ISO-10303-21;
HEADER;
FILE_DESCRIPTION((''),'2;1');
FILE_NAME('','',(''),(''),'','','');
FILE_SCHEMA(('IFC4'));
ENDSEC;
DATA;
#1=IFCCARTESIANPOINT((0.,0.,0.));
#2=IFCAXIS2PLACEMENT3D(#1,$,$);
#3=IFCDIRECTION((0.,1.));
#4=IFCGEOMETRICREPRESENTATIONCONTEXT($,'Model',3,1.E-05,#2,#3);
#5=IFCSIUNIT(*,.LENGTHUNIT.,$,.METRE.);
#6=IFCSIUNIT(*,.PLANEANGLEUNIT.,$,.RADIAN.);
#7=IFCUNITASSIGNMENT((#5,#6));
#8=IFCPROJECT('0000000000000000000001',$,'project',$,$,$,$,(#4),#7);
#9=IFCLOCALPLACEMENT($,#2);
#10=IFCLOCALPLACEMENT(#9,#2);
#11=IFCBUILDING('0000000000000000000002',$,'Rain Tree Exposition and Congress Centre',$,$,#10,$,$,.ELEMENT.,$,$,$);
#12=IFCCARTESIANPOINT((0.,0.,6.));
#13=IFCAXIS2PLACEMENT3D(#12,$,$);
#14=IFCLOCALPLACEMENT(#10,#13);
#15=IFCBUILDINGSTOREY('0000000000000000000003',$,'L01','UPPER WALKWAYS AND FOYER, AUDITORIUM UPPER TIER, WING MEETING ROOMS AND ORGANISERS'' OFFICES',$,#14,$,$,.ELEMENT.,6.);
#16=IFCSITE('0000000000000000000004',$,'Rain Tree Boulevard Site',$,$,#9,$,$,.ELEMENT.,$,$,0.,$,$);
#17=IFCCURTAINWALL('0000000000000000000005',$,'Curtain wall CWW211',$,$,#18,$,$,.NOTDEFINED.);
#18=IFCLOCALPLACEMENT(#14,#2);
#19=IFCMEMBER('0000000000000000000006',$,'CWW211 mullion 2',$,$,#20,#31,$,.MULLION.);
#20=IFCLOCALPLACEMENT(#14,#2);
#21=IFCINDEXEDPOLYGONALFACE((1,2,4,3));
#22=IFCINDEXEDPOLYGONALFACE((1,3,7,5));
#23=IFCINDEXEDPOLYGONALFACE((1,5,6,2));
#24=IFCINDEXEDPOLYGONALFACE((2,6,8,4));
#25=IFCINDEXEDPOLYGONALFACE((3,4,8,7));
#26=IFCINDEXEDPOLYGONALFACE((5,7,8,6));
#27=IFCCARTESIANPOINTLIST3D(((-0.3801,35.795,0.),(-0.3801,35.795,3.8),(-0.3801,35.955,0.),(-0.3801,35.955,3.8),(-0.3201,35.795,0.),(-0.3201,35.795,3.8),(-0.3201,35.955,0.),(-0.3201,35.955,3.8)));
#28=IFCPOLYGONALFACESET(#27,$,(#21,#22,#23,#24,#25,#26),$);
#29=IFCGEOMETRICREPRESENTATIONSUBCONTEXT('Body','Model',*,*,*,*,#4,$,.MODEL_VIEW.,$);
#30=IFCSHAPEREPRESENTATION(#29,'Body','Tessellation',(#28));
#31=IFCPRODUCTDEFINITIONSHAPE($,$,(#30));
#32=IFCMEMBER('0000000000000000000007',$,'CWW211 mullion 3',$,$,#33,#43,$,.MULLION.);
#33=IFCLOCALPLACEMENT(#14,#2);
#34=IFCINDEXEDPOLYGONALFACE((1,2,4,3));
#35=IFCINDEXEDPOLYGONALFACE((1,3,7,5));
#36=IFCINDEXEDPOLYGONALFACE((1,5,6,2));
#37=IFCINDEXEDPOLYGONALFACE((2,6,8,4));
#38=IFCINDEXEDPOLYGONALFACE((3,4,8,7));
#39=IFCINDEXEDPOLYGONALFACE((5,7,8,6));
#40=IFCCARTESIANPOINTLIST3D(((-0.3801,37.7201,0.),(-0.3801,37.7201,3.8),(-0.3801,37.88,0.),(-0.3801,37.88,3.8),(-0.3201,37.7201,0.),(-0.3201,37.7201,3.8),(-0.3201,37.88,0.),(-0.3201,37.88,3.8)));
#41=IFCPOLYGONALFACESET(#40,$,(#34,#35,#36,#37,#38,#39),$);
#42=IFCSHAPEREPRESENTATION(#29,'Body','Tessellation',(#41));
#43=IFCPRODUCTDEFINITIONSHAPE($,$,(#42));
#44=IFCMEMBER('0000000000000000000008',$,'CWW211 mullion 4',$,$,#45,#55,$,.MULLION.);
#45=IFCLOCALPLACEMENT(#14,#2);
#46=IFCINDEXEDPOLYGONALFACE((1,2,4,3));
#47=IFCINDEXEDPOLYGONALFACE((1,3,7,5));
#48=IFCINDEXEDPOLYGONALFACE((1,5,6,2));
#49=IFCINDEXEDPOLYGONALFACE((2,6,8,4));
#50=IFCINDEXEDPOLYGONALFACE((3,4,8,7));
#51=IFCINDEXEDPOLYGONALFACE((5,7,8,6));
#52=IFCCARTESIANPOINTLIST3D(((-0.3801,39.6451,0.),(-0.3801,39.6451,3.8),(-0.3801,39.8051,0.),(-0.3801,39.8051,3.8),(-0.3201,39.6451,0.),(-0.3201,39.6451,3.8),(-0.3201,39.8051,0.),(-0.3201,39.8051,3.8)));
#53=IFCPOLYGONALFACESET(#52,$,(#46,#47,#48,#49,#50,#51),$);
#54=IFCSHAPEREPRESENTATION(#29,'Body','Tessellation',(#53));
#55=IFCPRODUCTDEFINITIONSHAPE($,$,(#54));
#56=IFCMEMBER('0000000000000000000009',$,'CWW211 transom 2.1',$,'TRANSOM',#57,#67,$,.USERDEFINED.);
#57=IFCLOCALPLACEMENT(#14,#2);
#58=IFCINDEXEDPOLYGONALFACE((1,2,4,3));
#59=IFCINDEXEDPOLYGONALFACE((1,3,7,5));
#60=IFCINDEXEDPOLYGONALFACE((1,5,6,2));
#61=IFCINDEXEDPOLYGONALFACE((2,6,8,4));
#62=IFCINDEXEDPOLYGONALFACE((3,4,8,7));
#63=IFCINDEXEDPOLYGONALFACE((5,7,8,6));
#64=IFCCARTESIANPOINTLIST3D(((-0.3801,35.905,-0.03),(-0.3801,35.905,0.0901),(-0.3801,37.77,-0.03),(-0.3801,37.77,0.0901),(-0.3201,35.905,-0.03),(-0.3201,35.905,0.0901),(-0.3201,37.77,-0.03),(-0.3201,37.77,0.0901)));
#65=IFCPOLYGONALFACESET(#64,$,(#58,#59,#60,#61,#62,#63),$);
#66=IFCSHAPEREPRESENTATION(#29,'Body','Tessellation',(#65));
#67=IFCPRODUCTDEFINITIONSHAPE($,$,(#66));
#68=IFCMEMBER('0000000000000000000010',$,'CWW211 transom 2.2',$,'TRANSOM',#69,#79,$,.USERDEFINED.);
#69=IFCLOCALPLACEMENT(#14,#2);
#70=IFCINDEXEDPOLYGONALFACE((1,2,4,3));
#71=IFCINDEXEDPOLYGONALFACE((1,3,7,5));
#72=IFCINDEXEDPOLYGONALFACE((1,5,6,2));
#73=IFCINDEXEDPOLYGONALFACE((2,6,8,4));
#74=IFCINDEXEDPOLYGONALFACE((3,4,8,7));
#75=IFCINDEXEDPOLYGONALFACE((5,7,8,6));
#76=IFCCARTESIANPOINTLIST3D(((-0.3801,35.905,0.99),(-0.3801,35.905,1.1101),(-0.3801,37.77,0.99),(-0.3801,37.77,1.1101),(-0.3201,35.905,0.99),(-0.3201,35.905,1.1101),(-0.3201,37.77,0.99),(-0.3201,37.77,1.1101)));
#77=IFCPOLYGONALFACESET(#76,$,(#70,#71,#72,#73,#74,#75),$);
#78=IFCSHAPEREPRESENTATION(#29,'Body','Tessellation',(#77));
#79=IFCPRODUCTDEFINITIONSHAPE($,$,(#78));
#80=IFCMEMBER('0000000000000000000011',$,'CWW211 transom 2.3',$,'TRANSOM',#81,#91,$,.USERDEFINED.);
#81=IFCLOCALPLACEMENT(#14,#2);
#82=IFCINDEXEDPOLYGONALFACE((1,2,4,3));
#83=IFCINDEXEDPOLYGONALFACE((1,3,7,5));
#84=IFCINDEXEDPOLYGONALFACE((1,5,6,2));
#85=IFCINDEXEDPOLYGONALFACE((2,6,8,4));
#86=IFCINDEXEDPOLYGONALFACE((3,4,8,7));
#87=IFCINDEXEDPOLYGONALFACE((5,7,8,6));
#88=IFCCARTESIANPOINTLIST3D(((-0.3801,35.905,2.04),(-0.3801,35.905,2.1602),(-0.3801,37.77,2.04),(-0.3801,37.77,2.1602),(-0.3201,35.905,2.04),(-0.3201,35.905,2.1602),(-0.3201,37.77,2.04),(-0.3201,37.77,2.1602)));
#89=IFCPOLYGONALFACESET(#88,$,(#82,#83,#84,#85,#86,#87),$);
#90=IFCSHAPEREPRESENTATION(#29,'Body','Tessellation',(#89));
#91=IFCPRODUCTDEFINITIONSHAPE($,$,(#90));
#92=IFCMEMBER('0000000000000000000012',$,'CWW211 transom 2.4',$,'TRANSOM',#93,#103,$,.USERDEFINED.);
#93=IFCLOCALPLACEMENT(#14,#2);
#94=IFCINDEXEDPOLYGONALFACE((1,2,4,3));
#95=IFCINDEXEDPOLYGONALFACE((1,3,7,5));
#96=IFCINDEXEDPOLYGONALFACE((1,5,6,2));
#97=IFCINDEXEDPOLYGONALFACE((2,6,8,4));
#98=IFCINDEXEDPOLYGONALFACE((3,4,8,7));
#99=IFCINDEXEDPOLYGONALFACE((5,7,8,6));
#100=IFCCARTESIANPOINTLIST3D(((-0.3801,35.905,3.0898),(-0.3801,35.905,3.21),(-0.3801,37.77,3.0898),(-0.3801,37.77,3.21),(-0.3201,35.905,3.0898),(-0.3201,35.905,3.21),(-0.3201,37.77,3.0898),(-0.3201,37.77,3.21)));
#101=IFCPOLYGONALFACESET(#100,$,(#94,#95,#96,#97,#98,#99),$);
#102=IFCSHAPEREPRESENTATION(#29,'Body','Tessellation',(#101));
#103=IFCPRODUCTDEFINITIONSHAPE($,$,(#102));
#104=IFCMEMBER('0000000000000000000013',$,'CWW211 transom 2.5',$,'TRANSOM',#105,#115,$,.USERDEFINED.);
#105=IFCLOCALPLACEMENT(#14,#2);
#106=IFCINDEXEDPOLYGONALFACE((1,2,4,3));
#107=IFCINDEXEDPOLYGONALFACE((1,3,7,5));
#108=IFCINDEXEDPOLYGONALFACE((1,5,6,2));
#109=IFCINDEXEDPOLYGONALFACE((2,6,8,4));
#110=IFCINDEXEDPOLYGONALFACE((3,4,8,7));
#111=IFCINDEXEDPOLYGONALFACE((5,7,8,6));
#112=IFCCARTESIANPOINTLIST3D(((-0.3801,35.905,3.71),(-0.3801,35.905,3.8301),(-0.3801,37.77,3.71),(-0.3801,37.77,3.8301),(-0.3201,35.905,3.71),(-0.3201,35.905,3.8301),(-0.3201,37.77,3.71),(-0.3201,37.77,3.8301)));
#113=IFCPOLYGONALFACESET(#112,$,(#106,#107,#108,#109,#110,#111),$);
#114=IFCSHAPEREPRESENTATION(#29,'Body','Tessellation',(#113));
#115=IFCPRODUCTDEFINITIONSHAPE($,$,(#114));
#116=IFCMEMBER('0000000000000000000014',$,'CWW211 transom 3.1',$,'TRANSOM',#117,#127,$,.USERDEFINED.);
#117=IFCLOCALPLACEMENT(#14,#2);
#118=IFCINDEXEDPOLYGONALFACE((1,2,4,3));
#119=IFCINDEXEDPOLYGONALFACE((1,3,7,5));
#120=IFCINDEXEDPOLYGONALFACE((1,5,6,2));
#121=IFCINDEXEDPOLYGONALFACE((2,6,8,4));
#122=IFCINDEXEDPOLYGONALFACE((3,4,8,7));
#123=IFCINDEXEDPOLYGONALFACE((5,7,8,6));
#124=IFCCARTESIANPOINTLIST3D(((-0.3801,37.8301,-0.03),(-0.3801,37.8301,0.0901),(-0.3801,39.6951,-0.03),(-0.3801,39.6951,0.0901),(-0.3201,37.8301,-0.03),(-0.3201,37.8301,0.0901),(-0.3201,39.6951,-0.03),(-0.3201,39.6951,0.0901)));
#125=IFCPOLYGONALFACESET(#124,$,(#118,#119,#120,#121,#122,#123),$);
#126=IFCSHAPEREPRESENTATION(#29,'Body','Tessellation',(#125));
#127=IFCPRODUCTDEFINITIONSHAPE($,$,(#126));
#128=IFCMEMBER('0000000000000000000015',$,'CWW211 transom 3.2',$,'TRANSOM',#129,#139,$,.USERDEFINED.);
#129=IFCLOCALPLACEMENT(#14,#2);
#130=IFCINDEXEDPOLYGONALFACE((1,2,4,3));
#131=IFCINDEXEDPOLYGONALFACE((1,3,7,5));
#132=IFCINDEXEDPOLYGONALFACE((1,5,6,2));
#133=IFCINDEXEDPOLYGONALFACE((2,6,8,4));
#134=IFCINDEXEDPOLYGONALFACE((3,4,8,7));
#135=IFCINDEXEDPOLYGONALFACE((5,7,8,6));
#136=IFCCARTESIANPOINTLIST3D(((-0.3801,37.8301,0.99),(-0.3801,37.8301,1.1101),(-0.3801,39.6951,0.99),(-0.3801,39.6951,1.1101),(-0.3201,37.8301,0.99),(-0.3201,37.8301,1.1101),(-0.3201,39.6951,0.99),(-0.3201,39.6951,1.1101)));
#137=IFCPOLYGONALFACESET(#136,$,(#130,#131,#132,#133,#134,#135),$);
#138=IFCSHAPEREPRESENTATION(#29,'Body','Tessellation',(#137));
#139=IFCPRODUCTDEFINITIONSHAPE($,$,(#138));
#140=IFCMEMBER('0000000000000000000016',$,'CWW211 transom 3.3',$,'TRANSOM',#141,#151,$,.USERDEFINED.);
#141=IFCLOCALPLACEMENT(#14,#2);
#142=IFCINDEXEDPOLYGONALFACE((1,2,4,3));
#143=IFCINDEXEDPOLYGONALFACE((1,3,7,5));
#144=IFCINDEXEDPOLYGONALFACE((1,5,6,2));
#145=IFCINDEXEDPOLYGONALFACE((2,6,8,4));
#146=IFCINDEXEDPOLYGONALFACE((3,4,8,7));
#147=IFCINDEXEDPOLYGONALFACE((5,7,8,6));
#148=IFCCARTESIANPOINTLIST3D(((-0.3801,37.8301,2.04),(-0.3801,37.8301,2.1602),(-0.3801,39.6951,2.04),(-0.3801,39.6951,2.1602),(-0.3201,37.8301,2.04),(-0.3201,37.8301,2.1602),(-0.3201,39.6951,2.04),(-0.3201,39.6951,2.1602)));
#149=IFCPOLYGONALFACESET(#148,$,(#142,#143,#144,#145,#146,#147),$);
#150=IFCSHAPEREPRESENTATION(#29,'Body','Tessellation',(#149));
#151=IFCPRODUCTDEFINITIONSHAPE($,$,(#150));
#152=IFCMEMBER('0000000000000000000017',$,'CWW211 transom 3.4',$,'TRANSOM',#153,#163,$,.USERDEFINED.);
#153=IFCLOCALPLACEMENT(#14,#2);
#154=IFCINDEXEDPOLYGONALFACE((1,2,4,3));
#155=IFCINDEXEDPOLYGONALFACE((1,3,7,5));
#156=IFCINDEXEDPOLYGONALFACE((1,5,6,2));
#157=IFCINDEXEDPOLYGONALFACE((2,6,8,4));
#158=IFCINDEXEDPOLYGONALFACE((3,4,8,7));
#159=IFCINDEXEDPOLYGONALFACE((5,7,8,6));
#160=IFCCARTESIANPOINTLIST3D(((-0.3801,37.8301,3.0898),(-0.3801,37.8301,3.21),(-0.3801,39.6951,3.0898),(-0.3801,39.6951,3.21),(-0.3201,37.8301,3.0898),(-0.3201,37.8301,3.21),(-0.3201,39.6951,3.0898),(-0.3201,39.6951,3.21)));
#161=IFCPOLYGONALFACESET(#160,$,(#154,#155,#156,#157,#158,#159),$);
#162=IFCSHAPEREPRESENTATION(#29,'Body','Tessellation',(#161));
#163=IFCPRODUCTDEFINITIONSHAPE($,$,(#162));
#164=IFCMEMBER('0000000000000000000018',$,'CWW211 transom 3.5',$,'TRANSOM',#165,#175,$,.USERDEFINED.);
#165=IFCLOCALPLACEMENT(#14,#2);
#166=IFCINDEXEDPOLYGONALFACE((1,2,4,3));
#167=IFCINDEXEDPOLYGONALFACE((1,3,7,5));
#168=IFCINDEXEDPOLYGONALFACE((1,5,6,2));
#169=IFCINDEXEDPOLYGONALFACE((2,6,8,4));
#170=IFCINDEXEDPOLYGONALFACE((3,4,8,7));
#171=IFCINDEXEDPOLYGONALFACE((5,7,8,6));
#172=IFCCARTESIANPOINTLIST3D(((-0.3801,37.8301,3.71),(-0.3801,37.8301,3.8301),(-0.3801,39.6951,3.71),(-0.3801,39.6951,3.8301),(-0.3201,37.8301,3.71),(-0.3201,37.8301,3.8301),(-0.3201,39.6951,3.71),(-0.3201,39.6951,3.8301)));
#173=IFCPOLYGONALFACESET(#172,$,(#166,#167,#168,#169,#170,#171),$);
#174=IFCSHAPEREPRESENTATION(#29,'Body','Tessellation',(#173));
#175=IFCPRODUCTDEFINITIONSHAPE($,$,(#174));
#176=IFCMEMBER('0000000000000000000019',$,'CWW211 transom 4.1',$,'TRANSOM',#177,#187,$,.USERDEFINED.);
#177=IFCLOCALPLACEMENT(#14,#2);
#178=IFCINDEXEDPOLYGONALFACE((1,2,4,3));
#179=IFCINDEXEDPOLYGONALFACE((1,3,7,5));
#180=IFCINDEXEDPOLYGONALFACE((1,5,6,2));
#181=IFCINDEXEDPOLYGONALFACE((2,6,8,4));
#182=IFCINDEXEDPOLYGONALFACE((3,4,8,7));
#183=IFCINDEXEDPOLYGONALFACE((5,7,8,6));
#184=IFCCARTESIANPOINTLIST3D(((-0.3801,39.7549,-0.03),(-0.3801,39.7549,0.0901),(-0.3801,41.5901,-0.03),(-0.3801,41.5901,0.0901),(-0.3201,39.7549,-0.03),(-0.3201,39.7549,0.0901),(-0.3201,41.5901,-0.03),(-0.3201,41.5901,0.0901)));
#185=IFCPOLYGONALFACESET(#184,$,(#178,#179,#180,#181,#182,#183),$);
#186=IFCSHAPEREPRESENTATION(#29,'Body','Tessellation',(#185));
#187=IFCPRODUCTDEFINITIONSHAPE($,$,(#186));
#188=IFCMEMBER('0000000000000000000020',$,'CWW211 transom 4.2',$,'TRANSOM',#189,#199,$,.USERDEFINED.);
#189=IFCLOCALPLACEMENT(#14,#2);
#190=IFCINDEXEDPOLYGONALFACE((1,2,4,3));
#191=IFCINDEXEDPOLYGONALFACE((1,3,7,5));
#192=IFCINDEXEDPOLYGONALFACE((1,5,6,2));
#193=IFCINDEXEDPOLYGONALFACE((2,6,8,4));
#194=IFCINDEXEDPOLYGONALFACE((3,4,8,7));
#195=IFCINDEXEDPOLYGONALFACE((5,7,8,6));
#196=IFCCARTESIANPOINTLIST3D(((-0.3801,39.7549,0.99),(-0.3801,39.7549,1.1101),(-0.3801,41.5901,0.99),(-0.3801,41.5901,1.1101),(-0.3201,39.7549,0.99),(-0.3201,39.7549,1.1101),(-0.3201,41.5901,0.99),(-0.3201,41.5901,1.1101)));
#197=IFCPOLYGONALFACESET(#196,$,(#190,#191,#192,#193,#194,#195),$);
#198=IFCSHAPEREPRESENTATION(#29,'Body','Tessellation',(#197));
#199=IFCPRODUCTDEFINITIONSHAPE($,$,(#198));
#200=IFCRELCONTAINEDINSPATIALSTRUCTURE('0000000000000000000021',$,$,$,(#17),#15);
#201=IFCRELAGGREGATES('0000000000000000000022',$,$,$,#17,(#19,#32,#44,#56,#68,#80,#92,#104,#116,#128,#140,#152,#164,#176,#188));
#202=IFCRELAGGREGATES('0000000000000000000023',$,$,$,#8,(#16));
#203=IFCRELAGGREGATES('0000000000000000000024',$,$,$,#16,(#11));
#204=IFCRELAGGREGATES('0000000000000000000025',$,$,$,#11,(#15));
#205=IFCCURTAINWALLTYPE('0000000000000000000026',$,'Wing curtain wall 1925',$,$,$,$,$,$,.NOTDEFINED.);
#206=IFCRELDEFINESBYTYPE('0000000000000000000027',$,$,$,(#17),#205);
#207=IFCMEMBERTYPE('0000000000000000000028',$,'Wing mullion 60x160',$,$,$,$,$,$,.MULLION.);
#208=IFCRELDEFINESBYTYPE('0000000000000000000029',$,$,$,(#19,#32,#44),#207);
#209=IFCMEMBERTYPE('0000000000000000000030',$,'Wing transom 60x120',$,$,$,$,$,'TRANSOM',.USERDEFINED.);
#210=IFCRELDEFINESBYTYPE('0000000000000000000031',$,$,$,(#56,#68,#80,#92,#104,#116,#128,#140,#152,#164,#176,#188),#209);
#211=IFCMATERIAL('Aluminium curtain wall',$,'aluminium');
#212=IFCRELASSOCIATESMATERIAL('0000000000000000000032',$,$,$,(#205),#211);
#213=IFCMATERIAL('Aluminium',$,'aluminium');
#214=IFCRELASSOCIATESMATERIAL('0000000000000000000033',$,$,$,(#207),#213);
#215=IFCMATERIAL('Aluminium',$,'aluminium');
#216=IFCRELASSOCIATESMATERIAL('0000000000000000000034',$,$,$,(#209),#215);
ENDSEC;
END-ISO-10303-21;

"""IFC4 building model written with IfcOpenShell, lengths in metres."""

from ifc_helpers import new_model, si_unit, direction, frame, origin, origin_2d, place, context, subcontext, project, spatial, rectangle, extrude, material, material_profile, profile_set, type_object, element, aggregate, save


model = new_model("IFC4")

# Units and contexts
model_context = context("Model", 3, precision=1e-05, world=origin(), true_north=direction((0.0, 1.0)))
body_context = subcontext(model_context, "Body", "Model", "MODEL_VIEW")
ifc_project = project(units=[si_unit("LENGTHUNIT", "METRE"), si_unit("PLANEANGLEUNIT", "RADIAN")], contexts=[model_context])

# Site, building, storey
site_placement = place(None, origin())
site = spatial("IfcSite", under=ifc_project, at=site_placement, Name="Rain Tree Boulevard Site", CompositionType="ELEMENT", RefElevation=0.0)
building_placement = place(site_placement, origin())
building = spatial("IfcBuilding", under=site, at=building_placement, Name="Rain Tree Exposition and Congress Centre", CompositionType="ELEMENT")
storey_placement = place(building_placement, frame((0.0, 0.0, 6.0)))
storey = spatial("IfcBuildingStorey", under=building, at=storey_placement, Name="L01", Description="UPPER WALKWAYS AND FOYER, AUDITORIUM UPPER TIER, WING MEETING ROOMS AND ORGANISERS' OFFICES", CompositionType="ELEMENT", Elevation=6.0)

# Curtain wall, members
ifc_material_1 = material(Name="Aluminium curtain wall", Category="aluminium")
curtain_wall_type = type_object("IfcCurtainWallType", Name="Wing curtain wall 1925", PredefinedType="NOTDEFINED", material=ifc_material_1)
curtain_wall_placement = place(storey_placement, origin())
curtain_wall = element("IfcCurtainWall", 1, at=curtain_wall_placement, inside=storey, type_object=curtain_wall_type, Name="Curtain wall CWW211", PredefinedType="NOTDEFINED")
ifc_material_2 = material(Name="Aluminium", Category="aluminium")
ifc_material_profile_1 = material_profile(ifc_material_2, rectangle(XDim=0.0601, YDim=0.1599, at=origin_2d()), Name="Aluminium 60x160")
ifc_profile_set_1 = profile_set([ifc_material_profile_1], Name="Aluminium")
member_type_1 = type_object("IfcMemberType", Name="Wing mullion 60x160", PredefinedType="MULLION", material=ifc_profile_set_1)
member_1_placement = place(storey_placement, frame((-0.3501, 35.875, 0.0), z_axis=(0.0, 0.0, 1.0), x_axis=(-1.0, 0.0, 0.0)))
member_1 = element("IfcMember", 2, at=member_1_placement, type_object=member_type_1, Name="CWW211 mullion 2", PredefinedType="MULLION", context=body_context, shape_type="SweptSolid", body=[
    extrude(rectangle(XDim=0.0601, YDim=0.1599, at=origin_2d()), origin(), (0.0, 0.0, 1.0), 3.8),
])
member_2_placement = place(storey_placement, frame((-0.3501, 37.8, 0.0), z_axis=(0.0, 0.0, 1.0), x_axis=(-1.0, 0.0, 0.0)))
member_2 = element("IfcMember", 3, at=member_2_placement, type_object=member_type_1, Name="CWW211 mullion 3", PredefinedType="MULLION", context=body_context, shape_type="SweptSolid", body=[
    extrude(rectangle(XDim=0.0601, YDim=0.1599, at=origin_2d()), origin(), (0.0, 0.0, 1.0), 3.8),
])
member_3_placement = place(storey_placement, frame((-0.3501, 39.7251, 0.0), z_axis=(0.0, 0.0, 1.0), x_axis=(-1.0, 0.0, 0.0)))
member_3 = element("IfcMember", 4, at=member_3_placement, type_object=member_type_1, Name="CWW211 mullion 4", PredefinedType="MULLION", context=body_context, shape_type="SweptSolid", body=[
    extrude(rectangle(XDim=0.0601, YDim=0.1599, at=origin_2d()), origin(), (0.0, 0.0, 1.0), 3.8),
])
ifc_material_3 = material(Name="Aluminium", Category="aluminium")
ifc_material_profile_2 = material_profile(ifc_material_3, rectangle(XDim=0.0601, YDim=0.1201, at=origin_2d()), Name="Aluminium 60x120")
ifc_profile_set_2 = profile_set([ifc_material_profile_2], Name="Aluminium")
member_type_2 = type_object("IfcMemberType", Name="Wing transom 60x120", ElementType="TRANSOM", PredefinedType="USERDEFINED", material=ifc_profile_set_2)
member_4_placement = place(storey_placement, frame((-0.3501, 35.905, 0.03), z_axis=(0.0, 1.0, 0.0), x_axis=(-1.0, 0.0, 0.0)))
member_4 = element("IfcMember", 5, at=member_4_placement, type_object=member_type_2, Name="CWW211 transom 2.1", ObjectType="TRANSOM", PredefinedType="USERDEFINED", context=body_context, shape_type="SweptSolid", body=[
    extrude(rectangle(XDim=0.0601, YDim=0.1201, at=origin_2d()), origin(), (0.0, 0.0, 1.0), 1.865),
])
member_5_placement = place(storey_placement, frame((-0.3501, 35.905, 1.05), z_axis=(0.0, 1.0, 0.0), x_axis=(-1.0, 0.0, 0.0)))
member_5 = element("IfcMember", 6, at=member_5_placement, type_object=member_type_2, Name="CWW211 transom 2.2", ObjectType="TRANSOM", PredefinedType="USERDEFINED", context=body_context, shape_type="SweptSolid", body=[
    extrude(rectangle(XDim=0.0601, YDim=0.1201, at=origin_2d()), origin(), (0.0, 0.0, 1.0), 1.865),
])
member_6_placement = place(storey_placement, frame((-0.3501, 35.905, 2.1001), z_axis=(0.0, 1.0, 0.0), x_axis=(-1.0, 0.0, 0.0)))
member_6 = element("IfcMember", 7, at=member_6_placement, type_object=member_type_2, Name="CWW211 transom 2.3", ObjectType="TRANSOM", PredefinedType="USERDEFINED", context=body_context, shape_type="SweptSolid", body=[
    extrude(rectangle(XDim=0.0601, YDim=0.1201, at=origin_2d()), origin(), (0.0, 0.0, 1.0), 1.865),
])
member_7_placement = place(storey_placement, frame((-0.3501, 35.905, 3.1499), z_axis=(0.0, 1.0, 0.0), x_axis=(-1.0, 0.0, 0.0)))
member_7 = element("IfcMember", 8, at=member_7_placement, type_object=member_type_2, Name="CWW211 transom 2.4", ObjectType="TRANSOM", PredefinedType="USERDEFINED", context=body_context, shape_type="SweptSolid", body=[
    extrude(rectangle(XDim=0.0601, YDim=0.1201, at=origin_2d()), origin(), (0.0, 0.0, 1.0), 1.865),
])
member_8_placement = place(storey_placement, frame((-0.3501, 35.905, 3.77), z_axis=(0.0, 1.0, 0.0), x_axis=(-1.0, 0.0, 0.0)))
member_8 = element("IfcMember", 9, at=member_8_placement, type_object=member_type_2, Name="CWW211 transom 2.5", ObjectType="TRANSOM", PredefinedType="USERDEFINED", context=body_context, shape_type="SweptSolid", body=[
    extrude(rectangle(XDim=0.0601, YDim=0.1201, at=origin_2d()), origin(), (0.0, 0.0, 1.0), 1.865),
])
member_9_placement = place(storey_placement, frame((-0.3501, 37.8301, 0.03), z_axis=(0.0, 1.0, 0.0), x_axis=(-1.0, 0.0, 0.0)))
member_9 = element("IfcMember", 10, at=member_9_placement, type_object=member_type_2, Name="CWW211 transom 3.1", ObjectType="TRANSOM", PredefinedType="USERDEFINED", context=body_context, shape_type="SweptSolid", body=[
    extrude(rectangle(XDim=0.0601, YDim=0.1201, at=origin_2d()), origin(), (0.0, 0.0, 1.0), 1.865),
])
member_10_placement = place(storey_placement, frame((-0.3501, 37.8301, 1.05), z_axis=(0.0, 1.0, 0.0), x_axis=(-1.0, 0.0, 0.0)))
member_10 = element("IfcMember", 11, at=member_10_placement, type_object=member_type_2, Name="CWW211 transom 3.2", ObjectType="TRANSOM", PredefinedType="USERDEFINED", context=body_context, shape_type="SweptSolid", body=[
    extrude(rectangle(XDim=0.0601, YDim=0.1201, at=origin_2d()), origin(), (0.0, 0.0, 1.0), 1.865),
])
member_11_placement = place(storey_placement, frame((-0.3501, 37.8301, 2.1001), z_axis=(0.0, 1.0, 0.0), x_axis=(-1.0, 0.0, 0.0)))
member_11 = element("IfcMember", 12, at=member_11_placement, type_object=member_type_2, Name="CWW211 transom 3.3", ObjectType="TRANSOM", PredefinedType="USERDEFINED", context=body_context, shape_type="SweptSolid", body=[
    extrude(rectangle(XDim=0.0601, YDim=0.1201, at=origin_2d()), origin(), (0.0, 0.0, 1.0), 1.865),
])
member_12_placement = place(storey_placement, frame((-0.3501, 37.8301, 3.1499), z_axis=(0.0, 1.0, 0.0), x_axis=(-1.0, 0.0, 0.0)))
member_12 = element("IfcMember", 13, at=member_12_placement, type_object=member_type_2, Name="CWW211 transom 3.4", ObjectType="TRANSOM", PredefinedType="USERDEFINED", context=body_context, shape_type="SweptSolid", body=[
    extrude(rectangle(XDim=0.0601, YDim=0.1201, at=origin_2d()), origin(), (0.0, 0.0, 1.0), 1.865),
])
member_13_placement = place(storey_placement, frame((-0.3501, 37.8301, 3.77), z_axis=(0.0, 1.0, 0.0), x_axis=(-1.0, 0.0, 0.0)))
member_13 = element("IfcMember", 14, at=member_13_placement, type_object=member_type_2, Name="CWW211 transom 3.5", ObjectType="TRANSOM", PredefinedType="USERDEFINED", context=body_context, shape_type="SweptSolid", body=[
    extrude(rectangle(XDim=0.0601, YDim=0.1201, at=origin_2d()), origin(), (0.0, 0.0, 1.0), 1.865),
])
member_14_placement = place(storey_placement, frame((-0.3501, 39.7549, 0.03), z_axis=(0.0, 1.0, 0.0), x_axis=(-1.0, 0.0, 0.0)))
member_14 = element("IfcMember", 15, at=member_14_placement, type_object=member_type_2, Name="CWW211 transom 4.1", ObjectType="TRANSOM", PredefinedType="USERDEFINED", context=body_context, shape_type="SweptSolid", body=[
    extrude(rectangle(XDim=0.0601, YDim=0.1201, at=origin_2d()), origin(), (0.0, 0.0, 1.0), 1.8352),
])
member_15_placement = place(storey_placement, frame((-0.3501, 39.7549, 1.05), z_axis=(0.0, 1.0, 0.0), x_axis=(-1.0, 0.0, 0.0)))
member_15 = element("IfcMember", 16, at=member_15_placement, type_object=member_type_2, Name="CWW211 transom 4.2", ObjectType="TRANSOM", PredefinedType="USERDEFINED", context=body_context, shape_type="SweptSolid", body=[
    extrude(rectangle(XDim=0.0601, YDim=0.1201, at=origin_2d()), origin(), (0.0, 0.0, 1.0), 1.8352),
])
aggregate(curtain_wall, [member_1, member_2, member_3, member_4, member_5, member_6, member_7, member_8, member_9, member_10, member_11, member_12, member_13, member_14, member_15])

save(model, "model.ifc")
